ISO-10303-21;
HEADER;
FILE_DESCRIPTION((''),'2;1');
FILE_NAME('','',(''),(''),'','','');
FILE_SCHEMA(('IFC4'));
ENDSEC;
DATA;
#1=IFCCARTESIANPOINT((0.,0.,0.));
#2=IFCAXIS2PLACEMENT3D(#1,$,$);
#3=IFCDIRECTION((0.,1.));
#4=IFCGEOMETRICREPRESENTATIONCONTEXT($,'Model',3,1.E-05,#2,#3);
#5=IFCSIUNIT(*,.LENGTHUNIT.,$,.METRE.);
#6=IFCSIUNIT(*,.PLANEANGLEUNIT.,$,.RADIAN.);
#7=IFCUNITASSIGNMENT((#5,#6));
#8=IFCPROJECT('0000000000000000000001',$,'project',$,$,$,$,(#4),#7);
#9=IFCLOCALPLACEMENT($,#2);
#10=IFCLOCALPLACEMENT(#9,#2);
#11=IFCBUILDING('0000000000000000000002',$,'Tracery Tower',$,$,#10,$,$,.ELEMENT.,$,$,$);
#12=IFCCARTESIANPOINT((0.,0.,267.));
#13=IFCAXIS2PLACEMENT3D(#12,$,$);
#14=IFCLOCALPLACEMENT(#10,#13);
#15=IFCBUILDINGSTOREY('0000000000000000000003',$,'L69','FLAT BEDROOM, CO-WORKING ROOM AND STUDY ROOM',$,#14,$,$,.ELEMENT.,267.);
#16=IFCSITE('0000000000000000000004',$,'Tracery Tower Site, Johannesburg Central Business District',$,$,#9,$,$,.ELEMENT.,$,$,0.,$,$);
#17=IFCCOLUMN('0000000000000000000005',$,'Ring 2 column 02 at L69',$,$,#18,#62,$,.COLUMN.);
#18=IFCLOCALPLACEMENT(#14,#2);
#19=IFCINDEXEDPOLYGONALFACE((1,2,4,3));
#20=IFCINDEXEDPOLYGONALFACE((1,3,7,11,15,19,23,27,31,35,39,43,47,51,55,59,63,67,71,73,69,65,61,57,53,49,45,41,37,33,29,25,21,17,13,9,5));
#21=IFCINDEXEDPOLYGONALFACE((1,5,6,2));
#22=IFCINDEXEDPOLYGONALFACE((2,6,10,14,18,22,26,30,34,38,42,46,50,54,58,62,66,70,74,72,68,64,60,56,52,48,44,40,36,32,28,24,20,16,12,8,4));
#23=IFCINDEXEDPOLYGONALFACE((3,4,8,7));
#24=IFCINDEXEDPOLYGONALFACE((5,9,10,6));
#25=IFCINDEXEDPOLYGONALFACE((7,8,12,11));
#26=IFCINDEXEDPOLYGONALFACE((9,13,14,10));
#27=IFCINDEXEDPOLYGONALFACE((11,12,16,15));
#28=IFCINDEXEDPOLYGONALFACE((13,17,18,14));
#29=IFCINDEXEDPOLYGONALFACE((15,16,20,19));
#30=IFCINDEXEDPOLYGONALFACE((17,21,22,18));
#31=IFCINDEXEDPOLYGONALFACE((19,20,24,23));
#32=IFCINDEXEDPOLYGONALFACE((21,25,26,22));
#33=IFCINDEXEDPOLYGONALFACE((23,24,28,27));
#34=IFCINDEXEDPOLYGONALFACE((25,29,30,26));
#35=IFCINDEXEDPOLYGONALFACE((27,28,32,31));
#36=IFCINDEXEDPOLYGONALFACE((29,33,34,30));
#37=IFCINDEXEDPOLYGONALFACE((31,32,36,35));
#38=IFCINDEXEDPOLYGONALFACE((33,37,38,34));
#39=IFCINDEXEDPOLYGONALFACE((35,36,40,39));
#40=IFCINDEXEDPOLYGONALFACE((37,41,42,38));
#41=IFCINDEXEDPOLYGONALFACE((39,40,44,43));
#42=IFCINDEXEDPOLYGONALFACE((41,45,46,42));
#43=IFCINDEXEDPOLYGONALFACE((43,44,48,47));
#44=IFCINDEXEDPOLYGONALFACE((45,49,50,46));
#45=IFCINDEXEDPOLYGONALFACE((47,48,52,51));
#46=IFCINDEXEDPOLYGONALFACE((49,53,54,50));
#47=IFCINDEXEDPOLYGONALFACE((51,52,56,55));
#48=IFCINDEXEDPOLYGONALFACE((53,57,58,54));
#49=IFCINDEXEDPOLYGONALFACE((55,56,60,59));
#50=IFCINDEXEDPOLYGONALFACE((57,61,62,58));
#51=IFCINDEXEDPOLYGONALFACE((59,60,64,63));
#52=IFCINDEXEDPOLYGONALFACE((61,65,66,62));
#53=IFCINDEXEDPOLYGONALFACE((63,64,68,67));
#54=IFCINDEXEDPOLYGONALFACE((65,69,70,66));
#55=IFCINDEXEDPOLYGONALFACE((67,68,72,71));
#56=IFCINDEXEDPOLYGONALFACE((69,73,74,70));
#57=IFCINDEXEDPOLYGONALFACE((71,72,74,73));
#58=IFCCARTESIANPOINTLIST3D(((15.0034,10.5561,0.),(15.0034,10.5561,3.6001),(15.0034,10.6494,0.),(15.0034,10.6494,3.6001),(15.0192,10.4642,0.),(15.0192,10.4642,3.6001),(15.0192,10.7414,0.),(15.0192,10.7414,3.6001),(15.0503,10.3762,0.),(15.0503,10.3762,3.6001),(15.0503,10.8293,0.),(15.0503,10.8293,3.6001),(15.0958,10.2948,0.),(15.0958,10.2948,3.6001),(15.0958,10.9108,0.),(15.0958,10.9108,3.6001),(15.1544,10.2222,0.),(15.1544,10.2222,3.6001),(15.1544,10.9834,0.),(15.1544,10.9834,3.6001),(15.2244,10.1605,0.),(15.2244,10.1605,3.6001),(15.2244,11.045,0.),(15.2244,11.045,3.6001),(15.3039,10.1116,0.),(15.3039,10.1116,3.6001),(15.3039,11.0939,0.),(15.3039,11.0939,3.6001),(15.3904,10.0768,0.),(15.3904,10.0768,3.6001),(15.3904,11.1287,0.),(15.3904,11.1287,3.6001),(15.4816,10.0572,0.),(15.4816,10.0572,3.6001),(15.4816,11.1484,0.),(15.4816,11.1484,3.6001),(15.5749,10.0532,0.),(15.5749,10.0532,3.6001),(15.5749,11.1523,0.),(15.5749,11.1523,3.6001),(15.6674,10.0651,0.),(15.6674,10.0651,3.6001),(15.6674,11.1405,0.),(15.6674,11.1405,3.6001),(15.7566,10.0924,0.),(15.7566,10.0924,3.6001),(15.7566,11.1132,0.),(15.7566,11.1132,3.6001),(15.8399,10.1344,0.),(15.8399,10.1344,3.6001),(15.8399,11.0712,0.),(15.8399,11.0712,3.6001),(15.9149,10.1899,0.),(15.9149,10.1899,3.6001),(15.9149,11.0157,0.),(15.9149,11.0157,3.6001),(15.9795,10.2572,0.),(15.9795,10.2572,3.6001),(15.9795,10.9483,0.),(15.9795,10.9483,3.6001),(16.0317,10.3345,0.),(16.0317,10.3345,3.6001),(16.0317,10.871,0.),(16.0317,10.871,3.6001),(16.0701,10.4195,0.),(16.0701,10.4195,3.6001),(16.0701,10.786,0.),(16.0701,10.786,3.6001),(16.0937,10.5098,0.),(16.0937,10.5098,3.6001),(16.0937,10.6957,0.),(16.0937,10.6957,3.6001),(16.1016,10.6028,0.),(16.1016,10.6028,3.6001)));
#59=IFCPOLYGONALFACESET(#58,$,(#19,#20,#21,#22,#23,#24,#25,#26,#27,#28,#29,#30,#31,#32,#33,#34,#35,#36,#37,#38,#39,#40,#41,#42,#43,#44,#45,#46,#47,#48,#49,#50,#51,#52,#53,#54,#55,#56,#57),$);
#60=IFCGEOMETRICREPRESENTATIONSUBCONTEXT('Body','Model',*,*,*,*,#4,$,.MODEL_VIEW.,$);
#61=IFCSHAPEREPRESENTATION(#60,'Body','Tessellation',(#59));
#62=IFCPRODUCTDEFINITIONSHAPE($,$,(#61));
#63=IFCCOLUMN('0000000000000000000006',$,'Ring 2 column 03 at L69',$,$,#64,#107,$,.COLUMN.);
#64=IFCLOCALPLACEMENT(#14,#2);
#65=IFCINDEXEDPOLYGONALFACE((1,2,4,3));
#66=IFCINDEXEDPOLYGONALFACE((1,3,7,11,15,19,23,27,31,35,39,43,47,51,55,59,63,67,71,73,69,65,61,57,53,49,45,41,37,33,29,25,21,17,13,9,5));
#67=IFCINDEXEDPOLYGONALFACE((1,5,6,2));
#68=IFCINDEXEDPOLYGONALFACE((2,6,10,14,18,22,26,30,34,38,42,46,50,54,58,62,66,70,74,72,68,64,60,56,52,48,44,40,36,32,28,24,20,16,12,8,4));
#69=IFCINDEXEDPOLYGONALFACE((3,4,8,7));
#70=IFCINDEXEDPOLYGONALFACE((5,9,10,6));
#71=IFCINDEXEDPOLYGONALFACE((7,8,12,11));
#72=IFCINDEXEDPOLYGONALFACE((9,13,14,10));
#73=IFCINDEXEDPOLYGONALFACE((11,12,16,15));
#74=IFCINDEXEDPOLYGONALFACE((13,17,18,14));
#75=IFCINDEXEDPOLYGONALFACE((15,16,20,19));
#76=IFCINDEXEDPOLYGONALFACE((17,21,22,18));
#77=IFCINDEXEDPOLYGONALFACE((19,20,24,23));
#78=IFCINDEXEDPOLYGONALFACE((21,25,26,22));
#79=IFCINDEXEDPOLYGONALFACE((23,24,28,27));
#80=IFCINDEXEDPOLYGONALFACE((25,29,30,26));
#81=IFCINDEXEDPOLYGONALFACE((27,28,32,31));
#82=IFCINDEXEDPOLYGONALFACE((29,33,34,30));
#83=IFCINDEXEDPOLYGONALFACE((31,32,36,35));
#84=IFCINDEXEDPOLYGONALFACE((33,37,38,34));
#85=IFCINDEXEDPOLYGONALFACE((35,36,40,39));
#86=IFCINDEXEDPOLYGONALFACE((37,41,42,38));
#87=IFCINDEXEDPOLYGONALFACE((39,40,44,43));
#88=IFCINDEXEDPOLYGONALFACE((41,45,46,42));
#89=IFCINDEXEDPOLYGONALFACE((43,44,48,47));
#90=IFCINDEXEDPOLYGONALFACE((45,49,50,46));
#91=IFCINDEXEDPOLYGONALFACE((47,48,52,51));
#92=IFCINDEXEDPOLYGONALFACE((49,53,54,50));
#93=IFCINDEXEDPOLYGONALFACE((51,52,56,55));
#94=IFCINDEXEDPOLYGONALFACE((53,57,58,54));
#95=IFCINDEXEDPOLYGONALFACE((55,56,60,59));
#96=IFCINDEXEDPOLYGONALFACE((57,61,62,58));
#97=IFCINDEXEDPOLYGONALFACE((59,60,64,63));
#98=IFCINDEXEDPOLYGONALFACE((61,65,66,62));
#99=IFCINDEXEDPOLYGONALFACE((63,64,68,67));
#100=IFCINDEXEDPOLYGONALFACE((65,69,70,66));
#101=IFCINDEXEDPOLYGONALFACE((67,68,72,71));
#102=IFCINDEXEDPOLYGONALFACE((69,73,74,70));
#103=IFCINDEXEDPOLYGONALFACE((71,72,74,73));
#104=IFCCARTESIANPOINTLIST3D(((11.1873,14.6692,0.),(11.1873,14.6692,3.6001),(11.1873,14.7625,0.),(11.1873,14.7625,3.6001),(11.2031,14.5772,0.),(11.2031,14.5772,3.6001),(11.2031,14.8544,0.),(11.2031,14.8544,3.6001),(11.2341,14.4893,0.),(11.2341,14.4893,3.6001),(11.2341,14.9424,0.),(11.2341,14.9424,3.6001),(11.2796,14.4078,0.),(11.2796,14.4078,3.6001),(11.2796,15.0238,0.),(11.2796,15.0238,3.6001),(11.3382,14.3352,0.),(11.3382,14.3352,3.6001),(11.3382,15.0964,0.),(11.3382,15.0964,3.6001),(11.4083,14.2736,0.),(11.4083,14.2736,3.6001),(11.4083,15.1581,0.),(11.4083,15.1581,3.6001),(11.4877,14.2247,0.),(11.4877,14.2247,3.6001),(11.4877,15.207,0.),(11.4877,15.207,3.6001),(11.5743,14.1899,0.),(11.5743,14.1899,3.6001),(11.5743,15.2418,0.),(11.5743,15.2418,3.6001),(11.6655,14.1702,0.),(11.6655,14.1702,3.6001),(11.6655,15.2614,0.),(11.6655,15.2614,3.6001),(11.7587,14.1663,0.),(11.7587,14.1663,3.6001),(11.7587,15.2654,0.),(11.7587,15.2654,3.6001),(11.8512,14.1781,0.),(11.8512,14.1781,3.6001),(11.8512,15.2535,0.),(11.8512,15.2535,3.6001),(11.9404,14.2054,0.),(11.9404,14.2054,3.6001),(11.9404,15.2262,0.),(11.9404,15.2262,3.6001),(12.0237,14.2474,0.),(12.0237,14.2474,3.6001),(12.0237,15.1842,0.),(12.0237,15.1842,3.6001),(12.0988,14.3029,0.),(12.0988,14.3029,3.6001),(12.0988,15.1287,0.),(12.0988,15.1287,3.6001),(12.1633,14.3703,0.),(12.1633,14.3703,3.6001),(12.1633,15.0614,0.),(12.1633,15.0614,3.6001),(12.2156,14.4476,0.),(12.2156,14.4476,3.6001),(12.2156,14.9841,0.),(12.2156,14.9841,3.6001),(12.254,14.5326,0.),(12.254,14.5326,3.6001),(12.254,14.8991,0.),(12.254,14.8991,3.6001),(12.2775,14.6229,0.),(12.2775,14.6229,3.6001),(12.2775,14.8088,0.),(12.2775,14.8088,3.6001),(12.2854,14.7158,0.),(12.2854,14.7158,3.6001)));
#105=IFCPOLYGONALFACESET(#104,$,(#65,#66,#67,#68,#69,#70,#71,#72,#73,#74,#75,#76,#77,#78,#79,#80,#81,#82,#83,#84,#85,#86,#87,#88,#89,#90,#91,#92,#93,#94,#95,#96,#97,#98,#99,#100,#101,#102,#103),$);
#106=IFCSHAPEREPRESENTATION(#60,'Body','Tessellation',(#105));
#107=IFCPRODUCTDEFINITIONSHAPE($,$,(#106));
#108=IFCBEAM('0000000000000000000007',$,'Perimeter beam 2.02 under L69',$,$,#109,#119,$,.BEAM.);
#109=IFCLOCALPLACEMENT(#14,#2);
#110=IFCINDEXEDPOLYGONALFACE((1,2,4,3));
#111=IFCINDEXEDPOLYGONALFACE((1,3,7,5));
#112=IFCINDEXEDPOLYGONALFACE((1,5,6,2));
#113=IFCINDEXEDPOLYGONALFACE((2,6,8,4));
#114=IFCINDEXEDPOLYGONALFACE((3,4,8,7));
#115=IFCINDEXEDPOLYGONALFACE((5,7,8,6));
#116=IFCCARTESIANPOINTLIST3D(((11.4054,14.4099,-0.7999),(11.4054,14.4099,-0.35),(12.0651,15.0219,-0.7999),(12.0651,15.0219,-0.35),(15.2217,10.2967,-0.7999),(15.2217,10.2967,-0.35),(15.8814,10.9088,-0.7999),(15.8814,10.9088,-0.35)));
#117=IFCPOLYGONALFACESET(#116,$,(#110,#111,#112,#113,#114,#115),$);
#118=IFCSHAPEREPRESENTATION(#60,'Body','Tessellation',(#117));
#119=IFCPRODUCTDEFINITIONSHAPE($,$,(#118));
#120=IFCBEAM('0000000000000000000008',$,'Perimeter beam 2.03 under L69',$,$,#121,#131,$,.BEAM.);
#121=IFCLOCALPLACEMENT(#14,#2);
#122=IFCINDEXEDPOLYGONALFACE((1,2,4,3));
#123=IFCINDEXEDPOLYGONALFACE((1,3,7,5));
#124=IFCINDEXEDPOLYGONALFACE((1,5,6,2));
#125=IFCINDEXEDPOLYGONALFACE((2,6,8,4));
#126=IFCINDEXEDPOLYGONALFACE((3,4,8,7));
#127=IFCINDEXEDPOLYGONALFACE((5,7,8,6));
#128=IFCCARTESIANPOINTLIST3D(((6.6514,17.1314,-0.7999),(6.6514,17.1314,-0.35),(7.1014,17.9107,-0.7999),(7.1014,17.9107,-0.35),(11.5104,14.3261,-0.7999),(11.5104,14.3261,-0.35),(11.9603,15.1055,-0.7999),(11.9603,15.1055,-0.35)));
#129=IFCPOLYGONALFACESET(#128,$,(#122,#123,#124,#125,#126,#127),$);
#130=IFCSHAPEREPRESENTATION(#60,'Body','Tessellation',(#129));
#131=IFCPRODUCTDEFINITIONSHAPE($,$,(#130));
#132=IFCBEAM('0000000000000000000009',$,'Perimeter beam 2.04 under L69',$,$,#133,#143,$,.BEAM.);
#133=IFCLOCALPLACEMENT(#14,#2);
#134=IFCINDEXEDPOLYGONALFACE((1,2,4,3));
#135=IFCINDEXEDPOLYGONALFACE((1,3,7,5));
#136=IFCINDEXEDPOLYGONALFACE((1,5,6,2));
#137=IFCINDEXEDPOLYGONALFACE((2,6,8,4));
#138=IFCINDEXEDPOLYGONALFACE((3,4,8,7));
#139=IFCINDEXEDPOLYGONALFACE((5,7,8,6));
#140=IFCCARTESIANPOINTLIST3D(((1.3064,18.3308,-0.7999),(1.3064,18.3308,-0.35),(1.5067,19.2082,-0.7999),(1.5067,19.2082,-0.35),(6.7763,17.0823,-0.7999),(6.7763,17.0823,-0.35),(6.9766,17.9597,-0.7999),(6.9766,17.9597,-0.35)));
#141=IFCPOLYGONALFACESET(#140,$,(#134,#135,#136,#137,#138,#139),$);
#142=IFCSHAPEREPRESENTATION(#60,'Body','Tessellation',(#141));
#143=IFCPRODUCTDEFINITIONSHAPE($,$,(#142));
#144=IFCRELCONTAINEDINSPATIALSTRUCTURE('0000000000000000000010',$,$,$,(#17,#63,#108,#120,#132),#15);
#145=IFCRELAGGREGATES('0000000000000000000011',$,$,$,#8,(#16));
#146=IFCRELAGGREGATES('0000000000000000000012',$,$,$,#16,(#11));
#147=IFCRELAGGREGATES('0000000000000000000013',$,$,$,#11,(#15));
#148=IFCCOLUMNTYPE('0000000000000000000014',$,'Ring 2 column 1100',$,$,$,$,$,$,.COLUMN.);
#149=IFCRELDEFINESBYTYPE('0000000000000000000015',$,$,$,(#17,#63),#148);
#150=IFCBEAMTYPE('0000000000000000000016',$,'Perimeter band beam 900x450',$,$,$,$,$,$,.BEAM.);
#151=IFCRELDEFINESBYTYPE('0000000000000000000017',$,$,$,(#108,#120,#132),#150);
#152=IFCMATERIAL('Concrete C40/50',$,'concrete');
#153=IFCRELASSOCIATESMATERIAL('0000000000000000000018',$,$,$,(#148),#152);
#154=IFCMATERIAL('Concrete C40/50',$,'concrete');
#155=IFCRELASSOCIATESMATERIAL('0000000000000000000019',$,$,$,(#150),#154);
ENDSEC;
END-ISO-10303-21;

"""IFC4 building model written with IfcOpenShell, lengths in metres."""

from ifc_helpers import new_model, si_unit, direction, frame, origin, origin_2d, place, context, subcontext, project, spatial, rectangle, circle, extrude, material, material_profile, profile_set, type_object, element, save


model = new_model("IFC4")

# Units and contexts
model_context = context("Model", 3, precision=1e-05, world=origin(), true_north=direction((0.0, 1.0)))
body_context = subcontext(model_context, "Body", "Model", "MODEL_VIEW")
ifc_project = project(units=[si_unit("LENGTHUNIT", "METRE"), si_unit("PLANEANGLEUNIT", "RADIAN")], contexts=[model_context])

# Site, building, storey
site_placement = place(None, origin())
site = spatial("IfcSite", under=ifc_project, at=site_placement, Name="Tracery Tower Site, Johannesburg Central Business District", CompositionType="ELEMENT", RefElevation=0.0)
building_placement = place(site_placement, origin())
building = spatial("IfcBuilding", under=site, at=building_placement, Name="Tracery Tower", CompositionType="ELEMENT")
storey_placement = place(building_placement, frame((0.0, 0.0, 267.0)))
storey = spatial("IfcBuildingStorey", under=building, at=storey_placement, Name="L69", Description="FLAT BEDROOM, CO-WORKING ROOM AND STUDY ROOM", CompositionType="ELEMENT", Elevation=267.0)

# Columns
ifc_material_1 = material(Name="Concrete C40/50", Category="concrete")
ifc_material_profile_1 = material_profile(ifc_material_1, circle(Radius=0.55, at=origin_2d()), Name="RC D1100")
ifc_profile_set_1 = profile_set([ifc_material_profile_1], Name="Concrete C40/50")
column_type = type_object("IfcColumnType", Name="Ring 2 column 1100", PredefinedType="COLUMN", material=ifc_profile_set_1)
for number, where, z_axis, x_axis, name in (
    (1, (15.5515, 10.6028, 0.0), (0.0, 0.0, 1.0), (1.0, 0.0, 0.0), "Ring 2 column 02 at L69"),
    (2, (11.7354, 14.7158, 0.0), (0.0, 0.0, 1.0), (1.0, 0.0, 0.0), "Ring 2 column 03 at L69"),
):
    element("IfcColumn", number, at=place(storey_placement, frame(where, z_axis=z_axis, x_axis=x_axis)), inside=storey, type_object=column_type, Name=name, PredefinedType="COLUMN", context=body_context, shape_type="SweptSolid", body=[
        extrude(circle(Radius=0.55, at=origin_2d()), origin(), (0.0, 0.0, 1.0), 3.6001),
    ])

# Beams
ifc_material_2 = material(Name="Concrete C40/50", Category="concrete")
ifc_material_profile_2 = material_profile(ifc_material_2, rectangle(XDim=0.8999, YDim=0.45, at=origin_2d()), Name="RC 900x450")
ifc_profile_set_2 = profile_set([ifc_material_profile_2], Name="Concrete C40/50")
beam_type = type_object("IfcBeamType", Name="Perimeter band beam 900x450", PredefinedType="BEAM", material=ifc_profile_set_2)
beam_placement = place(storey_placement, frame((15.5515, 10.6028, -0.575), z_axis=(-0.680156, 0.733068, 0.0), x_axis=(-0.733068, -0.680156, 0.0)))
element("IfcBeam", 3, at=beam_placement, inside=storey, type_object=beam_type, Name="Perimeter beam 2.02 under L69", PredefinedType="BEAM", context=body_context, shape_type="SweptSolid", body=[
    extrude(rectangle(XDim=0.8999, YDim=0.45, at=origin_2d()), origin(), (0.0, 0.0, 1.0), 5.6108),
])
for number, where, z_axis, x_axis, name in (
    (4, (11.7354, 14.7158, -0.575), (-0.866033, 0.499986, 0.0), (-0.499986, -0.866033, 0.0), "Perimeter beam 2.03 under L69"),
    (5, (6.8765, 17.521, -0.575), (-0.974926, 0.222529, 0.0), (-0.222529, -0.974926, 0.0), "Perimeter beam 2.04 under L69"),
):
    element("IfcBeam", number, at=place(storey_placement, frame(where, z_axis=z_axis, x_axis=x_axis)), inside=storey, type_object=beam_type, Name=name, PredefinedType="BEAM", context=body_context, shape_type="SweptSolid", body=[
        extrude(rectangle(XDim=0.8999, YDim=0.45, at=origin_2d()), origin(), (0.0, 0.0, 1.0), 5.6106),
    ])

save(model, "model.ifc")
